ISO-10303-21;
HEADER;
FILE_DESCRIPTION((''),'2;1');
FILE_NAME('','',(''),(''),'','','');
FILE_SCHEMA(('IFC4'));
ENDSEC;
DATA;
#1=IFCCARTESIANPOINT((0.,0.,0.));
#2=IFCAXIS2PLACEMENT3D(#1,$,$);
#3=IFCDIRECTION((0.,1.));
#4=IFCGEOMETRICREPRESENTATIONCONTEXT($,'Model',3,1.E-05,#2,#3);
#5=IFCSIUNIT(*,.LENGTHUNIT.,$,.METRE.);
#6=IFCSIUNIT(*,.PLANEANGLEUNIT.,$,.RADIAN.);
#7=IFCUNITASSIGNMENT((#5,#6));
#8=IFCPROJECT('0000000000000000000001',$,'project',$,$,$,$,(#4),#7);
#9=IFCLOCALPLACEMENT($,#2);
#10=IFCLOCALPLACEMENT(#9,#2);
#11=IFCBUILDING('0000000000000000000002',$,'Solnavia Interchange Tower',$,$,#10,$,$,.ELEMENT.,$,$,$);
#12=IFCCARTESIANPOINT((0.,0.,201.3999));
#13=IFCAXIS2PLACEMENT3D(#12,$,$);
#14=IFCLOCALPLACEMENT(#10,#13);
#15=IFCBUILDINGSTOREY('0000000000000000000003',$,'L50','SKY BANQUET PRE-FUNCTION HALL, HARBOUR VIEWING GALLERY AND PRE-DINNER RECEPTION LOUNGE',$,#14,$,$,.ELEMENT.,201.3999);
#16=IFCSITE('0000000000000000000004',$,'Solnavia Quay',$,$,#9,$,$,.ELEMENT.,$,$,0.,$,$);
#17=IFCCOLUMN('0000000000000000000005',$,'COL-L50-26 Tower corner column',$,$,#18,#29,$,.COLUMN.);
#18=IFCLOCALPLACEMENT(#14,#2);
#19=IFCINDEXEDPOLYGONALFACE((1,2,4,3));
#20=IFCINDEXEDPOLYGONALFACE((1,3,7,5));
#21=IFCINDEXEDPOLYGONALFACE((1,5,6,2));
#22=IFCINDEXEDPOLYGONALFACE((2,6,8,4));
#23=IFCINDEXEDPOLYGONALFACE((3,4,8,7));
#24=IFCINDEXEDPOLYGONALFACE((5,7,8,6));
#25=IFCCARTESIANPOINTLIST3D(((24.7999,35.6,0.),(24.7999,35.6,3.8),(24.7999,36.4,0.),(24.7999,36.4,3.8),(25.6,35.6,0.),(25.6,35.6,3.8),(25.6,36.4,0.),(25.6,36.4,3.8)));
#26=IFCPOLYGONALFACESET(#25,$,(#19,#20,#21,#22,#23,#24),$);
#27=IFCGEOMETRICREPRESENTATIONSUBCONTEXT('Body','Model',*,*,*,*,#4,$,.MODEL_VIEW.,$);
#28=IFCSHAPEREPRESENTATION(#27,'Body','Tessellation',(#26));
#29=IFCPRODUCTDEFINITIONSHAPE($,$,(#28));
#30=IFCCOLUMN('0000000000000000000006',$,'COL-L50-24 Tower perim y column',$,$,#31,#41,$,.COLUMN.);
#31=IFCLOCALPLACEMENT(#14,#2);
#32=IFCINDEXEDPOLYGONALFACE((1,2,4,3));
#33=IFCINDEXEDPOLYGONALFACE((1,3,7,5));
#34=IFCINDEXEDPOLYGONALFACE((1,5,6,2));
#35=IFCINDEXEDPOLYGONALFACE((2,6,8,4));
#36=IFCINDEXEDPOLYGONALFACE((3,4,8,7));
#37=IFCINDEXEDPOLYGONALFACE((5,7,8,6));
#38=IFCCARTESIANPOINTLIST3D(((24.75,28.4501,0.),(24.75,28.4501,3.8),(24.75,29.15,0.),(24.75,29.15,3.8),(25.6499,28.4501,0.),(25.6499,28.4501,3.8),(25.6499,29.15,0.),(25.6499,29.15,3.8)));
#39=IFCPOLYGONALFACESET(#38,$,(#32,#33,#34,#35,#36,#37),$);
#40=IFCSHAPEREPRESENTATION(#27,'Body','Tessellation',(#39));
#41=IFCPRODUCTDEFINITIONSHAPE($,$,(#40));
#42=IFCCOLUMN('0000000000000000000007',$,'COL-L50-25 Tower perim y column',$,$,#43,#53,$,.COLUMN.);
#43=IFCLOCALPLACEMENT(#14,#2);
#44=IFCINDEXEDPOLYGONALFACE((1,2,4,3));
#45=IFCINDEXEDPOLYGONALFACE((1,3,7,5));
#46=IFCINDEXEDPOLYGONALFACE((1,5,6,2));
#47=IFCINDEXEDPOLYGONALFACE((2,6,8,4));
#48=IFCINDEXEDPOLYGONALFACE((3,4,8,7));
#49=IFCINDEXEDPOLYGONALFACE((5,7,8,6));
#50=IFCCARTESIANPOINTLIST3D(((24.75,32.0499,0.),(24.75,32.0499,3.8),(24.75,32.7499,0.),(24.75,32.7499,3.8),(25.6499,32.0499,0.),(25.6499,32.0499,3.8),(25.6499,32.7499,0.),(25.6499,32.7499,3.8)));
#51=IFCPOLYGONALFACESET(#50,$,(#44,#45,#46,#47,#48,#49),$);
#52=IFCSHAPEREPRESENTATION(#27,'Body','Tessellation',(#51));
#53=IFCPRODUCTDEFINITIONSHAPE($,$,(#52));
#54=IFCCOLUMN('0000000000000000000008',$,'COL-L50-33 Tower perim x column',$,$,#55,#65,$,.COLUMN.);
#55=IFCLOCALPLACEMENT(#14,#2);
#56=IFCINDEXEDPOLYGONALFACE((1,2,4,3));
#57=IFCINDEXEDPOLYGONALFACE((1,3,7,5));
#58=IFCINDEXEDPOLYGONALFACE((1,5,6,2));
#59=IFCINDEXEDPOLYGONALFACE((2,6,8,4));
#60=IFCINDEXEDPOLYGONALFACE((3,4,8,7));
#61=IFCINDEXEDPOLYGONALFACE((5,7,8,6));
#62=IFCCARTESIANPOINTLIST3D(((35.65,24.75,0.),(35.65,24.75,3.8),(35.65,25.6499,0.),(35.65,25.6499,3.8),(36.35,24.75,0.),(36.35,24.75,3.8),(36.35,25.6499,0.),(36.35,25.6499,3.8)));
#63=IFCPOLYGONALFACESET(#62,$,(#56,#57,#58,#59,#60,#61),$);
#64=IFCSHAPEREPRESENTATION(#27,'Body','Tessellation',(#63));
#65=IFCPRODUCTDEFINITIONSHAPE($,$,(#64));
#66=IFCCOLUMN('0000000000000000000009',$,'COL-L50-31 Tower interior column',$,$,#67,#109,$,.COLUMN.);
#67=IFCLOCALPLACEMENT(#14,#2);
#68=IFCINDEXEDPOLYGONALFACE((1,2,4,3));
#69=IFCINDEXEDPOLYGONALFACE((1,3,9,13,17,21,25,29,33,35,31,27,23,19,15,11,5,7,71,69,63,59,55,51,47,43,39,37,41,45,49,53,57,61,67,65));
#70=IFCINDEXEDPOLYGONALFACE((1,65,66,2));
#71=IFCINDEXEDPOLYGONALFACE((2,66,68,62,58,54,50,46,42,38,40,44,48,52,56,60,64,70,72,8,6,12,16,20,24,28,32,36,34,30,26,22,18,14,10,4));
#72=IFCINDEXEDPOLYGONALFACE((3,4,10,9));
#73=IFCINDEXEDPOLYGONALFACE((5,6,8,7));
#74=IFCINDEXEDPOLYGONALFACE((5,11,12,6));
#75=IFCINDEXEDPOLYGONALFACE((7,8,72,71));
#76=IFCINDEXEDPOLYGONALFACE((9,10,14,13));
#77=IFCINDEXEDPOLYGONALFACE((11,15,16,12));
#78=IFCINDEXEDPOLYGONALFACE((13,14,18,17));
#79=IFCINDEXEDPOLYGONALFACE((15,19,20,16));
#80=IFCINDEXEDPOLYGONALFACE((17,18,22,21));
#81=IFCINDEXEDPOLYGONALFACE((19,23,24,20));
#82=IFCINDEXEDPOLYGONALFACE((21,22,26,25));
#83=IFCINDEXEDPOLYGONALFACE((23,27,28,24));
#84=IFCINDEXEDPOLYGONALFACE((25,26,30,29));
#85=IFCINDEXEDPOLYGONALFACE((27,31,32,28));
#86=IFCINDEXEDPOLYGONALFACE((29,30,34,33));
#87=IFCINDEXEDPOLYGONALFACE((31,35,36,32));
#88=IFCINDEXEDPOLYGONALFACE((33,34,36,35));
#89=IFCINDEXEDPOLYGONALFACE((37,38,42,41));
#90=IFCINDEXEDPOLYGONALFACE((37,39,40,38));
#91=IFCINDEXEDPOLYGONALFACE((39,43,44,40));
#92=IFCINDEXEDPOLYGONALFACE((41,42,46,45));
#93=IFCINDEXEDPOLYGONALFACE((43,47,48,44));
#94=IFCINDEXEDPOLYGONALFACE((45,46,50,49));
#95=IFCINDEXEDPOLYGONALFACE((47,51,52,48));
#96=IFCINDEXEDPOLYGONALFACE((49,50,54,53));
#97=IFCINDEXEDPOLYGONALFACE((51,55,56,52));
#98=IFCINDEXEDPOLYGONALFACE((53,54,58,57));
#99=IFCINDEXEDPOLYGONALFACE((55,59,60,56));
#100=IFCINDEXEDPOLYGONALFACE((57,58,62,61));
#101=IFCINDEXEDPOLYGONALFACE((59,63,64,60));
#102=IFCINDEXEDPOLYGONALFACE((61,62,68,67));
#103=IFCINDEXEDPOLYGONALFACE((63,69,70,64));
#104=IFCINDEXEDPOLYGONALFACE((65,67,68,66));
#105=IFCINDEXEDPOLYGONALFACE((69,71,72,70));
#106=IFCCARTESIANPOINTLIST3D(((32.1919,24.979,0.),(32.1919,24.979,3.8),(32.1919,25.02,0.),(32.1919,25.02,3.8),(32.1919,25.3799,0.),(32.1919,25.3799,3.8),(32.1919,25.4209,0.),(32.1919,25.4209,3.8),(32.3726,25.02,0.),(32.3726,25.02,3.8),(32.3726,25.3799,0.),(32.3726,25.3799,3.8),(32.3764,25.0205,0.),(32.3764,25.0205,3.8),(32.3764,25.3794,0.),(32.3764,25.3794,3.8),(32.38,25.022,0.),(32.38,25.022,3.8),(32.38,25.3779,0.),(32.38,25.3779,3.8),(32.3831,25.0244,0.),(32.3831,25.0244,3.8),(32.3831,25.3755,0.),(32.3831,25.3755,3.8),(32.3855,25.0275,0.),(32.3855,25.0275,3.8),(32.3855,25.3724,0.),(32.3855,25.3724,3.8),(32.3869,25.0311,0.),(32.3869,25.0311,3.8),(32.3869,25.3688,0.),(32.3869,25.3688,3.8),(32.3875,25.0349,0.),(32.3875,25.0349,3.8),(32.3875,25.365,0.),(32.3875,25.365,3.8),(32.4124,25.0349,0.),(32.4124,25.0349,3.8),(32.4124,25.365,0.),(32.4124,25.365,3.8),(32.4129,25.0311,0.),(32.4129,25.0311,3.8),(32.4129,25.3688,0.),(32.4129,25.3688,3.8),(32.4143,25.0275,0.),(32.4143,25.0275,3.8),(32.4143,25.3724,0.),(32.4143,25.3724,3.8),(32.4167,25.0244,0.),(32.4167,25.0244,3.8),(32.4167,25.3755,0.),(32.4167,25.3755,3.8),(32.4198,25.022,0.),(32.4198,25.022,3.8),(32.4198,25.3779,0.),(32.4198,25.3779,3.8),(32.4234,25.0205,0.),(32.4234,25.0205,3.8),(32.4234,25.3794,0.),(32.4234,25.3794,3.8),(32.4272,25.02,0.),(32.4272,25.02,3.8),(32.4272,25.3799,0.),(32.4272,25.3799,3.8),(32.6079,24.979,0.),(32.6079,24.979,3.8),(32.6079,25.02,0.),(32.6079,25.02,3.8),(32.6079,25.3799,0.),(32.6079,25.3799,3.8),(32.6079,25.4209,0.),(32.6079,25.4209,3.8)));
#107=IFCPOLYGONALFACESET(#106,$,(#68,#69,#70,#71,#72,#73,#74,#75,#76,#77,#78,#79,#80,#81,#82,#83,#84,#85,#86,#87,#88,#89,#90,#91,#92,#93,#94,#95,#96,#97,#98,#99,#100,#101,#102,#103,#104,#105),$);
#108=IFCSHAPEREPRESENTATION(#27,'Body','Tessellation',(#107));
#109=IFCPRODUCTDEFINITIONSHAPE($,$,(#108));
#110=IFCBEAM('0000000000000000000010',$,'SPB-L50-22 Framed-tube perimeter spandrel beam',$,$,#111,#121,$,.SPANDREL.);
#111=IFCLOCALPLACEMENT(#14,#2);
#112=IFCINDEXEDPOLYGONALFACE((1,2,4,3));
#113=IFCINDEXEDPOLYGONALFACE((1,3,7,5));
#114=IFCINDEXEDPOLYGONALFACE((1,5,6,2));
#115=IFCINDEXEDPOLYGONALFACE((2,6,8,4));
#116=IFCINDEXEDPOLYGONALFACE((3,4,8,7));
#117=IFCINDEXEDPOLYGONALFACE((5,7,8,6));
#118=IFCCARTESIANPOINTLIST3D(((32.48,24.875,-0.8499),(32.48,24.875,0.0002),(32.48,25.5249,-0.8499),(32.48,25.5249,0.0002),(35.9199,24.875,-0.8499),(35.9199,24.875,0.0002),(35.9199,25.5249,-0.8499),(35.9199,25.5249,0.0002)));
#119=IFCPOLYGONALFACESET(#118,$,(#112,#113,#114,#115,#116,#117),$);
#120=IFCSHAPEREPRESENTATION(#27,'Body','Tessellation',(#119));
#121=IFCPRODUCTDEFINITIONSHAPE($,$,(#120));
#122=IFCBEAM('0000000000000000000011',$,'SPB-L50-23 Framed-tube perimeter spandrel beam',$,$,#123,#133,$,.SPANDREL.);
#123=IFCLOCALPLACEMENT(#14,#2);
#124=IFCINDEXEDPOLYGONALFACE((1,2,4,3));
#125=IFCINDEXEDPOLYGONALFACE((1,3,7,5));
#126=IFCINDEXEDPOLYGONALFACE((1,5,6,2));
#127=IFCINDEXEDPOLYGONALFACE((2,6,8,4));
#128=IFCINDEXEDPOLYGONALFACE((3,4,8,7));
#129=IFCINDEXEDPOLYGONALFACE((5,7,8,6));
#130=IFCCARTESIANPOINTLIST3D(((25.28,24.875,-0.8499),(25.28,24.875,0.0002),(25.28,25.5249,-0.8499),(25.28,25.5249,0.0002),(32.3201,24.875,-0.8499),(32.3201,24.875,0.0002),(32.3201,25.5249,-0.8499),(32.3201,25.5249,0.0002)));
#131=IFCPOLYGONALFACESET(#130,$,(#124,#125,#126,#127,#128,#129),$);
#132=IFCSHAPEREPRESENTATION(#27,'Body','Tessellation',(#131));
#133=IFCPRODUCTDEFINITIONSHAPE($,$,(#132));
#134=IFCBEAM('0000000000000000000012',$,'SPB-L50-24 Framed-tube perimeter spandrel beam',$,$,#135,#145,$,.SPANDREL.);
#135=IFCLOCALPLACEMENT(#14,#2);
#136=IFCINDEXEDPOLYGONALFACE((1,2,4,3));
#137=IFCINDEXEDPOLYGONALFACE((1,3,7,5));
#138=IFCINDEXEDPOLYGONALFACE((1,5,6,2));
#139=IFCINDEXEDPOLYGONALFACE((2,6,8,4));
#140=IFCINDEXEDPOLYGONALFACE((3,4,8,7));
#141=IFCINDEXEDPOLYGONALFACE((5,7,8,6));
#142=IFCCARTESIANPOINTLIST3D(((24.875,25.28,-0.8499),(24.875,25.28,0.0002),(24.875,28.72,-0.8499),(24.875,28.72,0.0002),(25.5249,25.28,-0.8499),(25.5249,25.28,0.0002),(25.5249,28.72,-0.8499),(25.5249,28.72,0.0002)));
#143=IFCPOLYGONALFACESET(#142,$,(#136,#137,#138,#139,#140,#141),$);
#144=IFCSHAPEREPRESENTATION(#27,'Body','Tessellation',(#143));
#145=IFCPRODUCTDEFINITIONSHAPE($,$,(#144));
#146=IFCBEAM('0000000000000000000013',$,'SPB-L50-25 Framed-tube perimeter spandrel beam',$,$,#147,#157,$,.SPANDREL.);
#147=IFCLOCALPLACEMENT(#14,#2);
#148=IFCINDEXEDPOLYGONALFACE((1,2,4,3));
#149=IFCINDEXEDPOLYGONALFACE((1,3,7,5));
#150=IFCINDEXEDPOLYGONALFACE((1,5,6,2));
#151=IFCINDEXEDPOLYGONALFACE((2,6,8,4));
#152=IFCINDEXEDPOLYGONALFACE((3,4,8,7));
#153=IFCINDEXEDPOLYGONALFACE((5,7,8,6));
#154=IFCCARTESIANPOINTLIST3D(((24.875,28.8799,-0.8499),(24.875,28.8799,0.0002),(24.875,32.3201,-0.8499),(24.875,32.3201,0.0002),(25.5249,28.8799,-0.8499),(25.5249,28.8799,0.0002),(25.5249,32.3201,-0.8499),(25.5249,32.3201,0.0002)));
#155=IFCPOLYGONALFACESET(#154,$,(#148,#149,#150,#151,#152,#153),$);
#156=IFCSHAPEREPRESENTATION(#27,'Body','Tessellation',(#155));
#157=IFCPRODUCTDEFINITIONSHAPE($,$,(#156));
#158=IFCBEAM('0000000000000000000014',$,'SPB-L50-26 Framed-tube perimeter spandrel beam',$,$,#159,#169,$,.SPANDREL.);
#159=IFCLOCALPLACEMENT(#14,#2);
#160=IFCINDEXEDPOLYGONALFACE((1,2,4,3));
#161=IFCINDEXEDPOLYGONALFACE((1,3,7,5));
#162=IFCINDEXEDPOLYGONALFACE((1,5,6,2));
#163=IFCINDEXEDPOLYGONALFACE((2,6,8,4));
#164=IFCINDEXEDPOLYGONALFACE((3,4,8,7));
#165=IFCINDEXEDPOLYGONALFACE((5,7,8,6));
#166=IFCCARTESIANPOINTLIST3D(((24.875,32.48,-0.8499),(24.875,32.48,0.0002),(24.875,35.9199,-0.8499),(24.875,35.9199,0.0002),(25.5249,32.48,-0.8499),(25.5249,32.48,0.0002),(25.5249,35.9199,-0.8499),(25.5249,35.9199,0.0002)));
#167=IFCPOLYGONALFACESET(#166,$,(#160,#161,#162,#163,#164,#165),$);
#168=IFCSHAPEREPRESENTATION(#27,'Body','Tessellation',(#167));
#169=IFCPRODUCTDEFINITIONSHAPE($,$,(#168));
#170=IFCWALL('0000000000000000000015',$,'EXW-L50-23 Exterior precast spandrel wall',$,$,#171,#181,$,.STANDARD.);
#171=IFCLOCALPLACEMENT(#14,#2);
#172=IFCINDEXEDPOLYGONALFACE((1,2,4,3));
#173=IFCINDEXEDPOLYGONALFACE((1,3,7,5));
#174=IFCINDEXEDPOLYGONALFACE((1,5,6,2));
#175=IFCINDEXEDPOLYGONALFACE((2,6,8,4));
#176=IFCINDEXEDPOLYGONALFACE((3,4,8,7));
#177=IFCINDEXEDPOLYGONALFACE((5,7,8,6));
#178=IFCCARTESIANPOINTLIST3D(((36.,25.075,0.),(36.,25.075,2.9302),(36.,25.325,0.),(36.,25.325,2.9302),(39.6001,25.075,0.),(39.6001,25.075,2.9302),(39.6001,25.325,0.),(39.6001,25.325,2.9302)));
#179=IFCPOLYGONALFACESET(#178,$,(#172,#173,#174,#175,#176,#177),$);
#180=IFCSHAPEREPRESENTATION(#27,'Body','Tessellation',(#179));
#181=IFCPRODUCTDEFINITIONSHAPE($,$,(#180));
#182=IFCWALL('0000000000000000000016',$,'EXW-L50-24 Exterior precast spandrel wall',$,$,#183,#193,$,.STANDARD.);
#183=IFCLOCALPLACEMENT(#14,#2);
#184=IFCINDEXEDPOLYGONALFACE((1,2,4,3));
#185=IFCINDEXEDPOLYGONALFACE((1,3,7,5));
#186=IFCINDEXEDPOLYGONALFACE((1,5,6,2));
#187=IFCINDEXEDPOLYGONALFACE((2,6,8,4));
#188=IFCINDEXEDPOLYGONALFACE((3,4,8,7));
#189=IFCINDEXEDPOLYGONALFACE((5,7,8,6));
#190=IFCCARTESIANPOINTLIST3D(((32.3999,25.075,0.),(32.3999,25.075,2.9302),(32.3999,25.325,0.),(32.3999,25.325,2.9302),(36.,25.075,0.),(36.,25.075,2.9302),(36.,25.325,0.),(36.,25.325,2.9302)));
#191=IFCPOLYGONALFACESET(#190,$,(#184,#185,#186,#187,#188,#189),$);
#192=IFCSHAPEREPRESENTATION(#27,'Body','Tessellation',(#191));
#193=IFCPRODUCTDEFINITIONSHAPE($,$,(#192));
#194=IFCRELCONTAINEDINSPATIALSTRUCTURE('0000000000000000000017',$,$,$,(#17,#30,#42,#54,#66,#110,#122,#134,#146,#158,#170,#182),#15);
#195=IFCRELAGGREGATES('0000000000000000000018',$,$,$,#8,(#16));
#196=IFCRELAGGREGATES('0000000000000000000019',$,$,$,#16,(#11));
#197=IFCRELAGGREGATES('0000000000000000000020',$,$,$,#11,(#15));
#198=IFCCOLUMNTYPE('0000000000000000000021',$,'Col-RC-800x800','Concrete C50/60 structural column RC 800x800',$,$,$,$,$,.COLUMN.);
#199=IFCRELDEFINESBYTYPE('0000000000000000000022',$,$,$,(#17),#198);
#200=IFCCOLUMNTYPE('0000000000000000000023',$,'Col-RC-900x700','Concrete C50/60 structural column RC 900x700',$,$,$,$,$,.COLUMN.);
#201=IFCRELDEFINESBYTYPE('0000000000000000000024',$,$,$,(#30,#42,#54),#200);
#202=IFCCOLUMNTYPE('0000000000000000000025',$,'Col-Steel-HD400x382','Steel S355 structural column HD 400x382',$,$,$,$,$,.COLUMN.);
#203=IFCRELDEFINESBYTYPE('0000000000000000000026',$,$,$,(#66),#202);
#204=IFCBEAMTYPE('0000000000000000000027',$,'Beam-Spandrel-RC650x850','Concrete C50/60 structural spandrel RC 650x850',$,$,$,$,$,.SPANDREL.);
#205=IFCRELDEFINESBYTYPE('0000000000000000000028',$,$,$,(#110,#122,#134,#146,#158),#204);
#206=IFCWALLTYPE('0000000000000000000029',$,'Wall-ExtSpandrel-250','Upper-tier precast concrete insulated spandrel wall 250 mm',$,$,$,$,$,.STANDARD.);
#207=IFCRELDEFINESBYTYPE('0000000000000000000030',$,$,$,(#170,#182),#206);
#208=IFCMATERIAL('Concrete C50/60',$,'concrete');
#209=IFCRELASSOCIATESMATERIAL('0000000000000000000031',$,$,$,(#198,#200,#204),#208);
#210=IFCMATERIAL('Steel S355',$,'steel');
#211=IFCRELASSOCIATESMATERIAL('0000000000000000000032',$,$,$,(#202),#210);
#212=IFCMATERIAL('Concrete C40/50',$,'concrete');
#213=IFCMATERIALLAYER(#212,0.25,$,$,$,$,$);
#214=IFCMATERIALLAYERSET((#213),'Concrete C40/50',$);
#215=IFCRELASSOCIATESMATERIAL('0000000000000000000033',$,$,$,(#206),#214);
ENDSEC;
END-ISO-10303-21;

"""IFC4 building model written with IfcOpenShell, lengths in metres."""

from ifc_helpers import new_model, si_unit, direction, frame, frame_2d, origin, origin_2d, place, context, subcontext, project, spatial, rectangle, i_section, extrude, material, layer, layer_set, material_profile, profile_set, type_object, element, save


model = new_model("IFC4")

# Units and contexts
model_context = context("Model", 3, precision=1e-05, world=origin(), true_north=direction((0.0, 1.0)))
body_context = subcontext(model_context, "Body", "Model", "MODEL_VIEW")
ifc_project = project(units=[si_unit("LENGTHUNIT", "METRE"), si_unit("PLANEANGLEUNIT", "RADIAN")], contexts=[model_context])

# Site, building, storey
site_placement = place(None, origin())
site = spatial("IfcSite", under=ifc_project, at=site_placement, Name="Solnavia Quay", CompositionType="ELEMENT", RefElevation=0.0)
building_placement = place(site_placement, origin())
building = spatial("IfcBuilding", under=site, at=building_placement, Name="Solnavia Interchange Tower", CompositionType="ELEMENT")
storey_placement = place(building_placement, frame((0.0, 0.0, 201.3999)))
storey = spatial("IfcBuildingStorey", under=building, at=storey_placement, Name="L50", Description="SKY BANQUET PRE-FUNCTION HALL, HARBOUR VIEWING GALLERY AND PRE-DINNER RECEPTION LOUNGE", CompositionType="ELEMENT", Elevation=201.3999)

# Columns
ifc_material_1 = material(Name="Concrete C50/60", Category="concrete")
ifc_material_profile_1 = material_profile(ifc_material_1, rectangle(XDim=0.8, YDim=0.8, at=origin_2d()), Name="RC 800x800")
ifc_profile_set_1 = profile_set([ifc_material_profile_1], Name="Concrete C50/60")
column_type_1 = type_object("IfcColumnType", Name="Col-RC-800x800", Description="Concrete C50/60 structural column RC 800x800", PredefinedType="COLUMN", material=ifc_profile_set_1)
column_1_placement = place(storey_placement, frame((25.2, 36.0, 0.0), z_axis=(0.0, 0.0, 1.0), x_axis=(0.0, 1.0, 0.0)))
element("IfcColumn", 1, at=column_1_placement, inside=storey, type_object=column_type_1, Name="COL-L50-26 Tower corner column", PredefinedType="COLUMN", context=body_context, shape_type="SweptSolid", body=[
    extrude(rectangle(XDim=0.8, YDim=0.8, at=origin_2d()), origin(), (0.0, 0.0, 1.0), 3.8),
])
ifc_material_profile_2 = material_profile(ifc_material_1, rectangle(XDim=0.7, YDim=0.8999, at=origin_2d()), Name="RC 900x700")
ifc_profile_set_2 = profile_set([ifc_material_profile_2], Name="Concrete C50/60")
column_type_2 = type_object("IfcColumnType", Name="Col-RC-900x700", Description="Concrete C50/60 structural column RC 900x700", PredefinedType="COLUMN", material=ifc_profile_set_2)
for number, where, z_axis, x_axis, name in (
    (2, (25.2, 28.8, 0.0), (0.0, 0.0, 1.0), (0.0, 1.0, 0.0), "COL-L50-24 Tower perim y column"),
    (3, (25.2, 32.3999, 0.0), (0.0, 0.0, 1.0), (0.0, 1.0, 0.0), "COL-L50-25 Tower perim y column"),
    (4, (36.0, 25.2, 0.0), (0.0, 0.0, 1.0), (1.0, 0.0, 0.0), "COL-L50-33 Tower perim x column"),
):
    element("IfcColumn", number, at=place(storey_placement, frame(where, z_axis=z_axis, x_axis=x_axis)), inside=storey, type_object=column_type_2, Name=name, PredefinedType="COLUMN", context=body_context, shape_type="SweptSolid", body=[
        extrude(rectangle(XDim=0.7, YDim=0.8999, at=origin_2d()), origin(), (0.0, 0.0, 1.0), 3.8),
    ])
ifc_material_2 = material(Name="Steel S355", Category="steel")
ifc_material_profile_3 = material_profile(ifc_material_2, i_section(OverallWidth=0.416, OverallDepth=0.4419, WebThickness=0.0249, FlangeThickness=0.041, FilletRadius=0.0149, at=origin_2d()), Name="HD 400x382")
ifc_profile_set_3 = profile_set([ifc_material_profile_3], Name="Steel S355")
column_type_3 = type_object("IfcColumnType", Name="Col-Steel-HD400x382", Description="Steel S355 structural column HD 400x382", PredefinedType="COLUMN", material=ifc_profile_set_3)
column_2_placement = place(storey_placement, frame((32.3999, 25.2, 0.0), z_axis=(0.0, 0.0, 1.0), x_axis=(1.0, 0.0, 0.0)))
element("IfcColumn", 5, at=column_2_placement, inside=storey, type_object=column_type_3, Name="COL-L50-31 Tower interior column", PredefinedType="COLUMN", context=body_context, shape_type="SweptSolid", body=[
    extrude(i_section(OverallWidth=0.416, OverallDepth=0.4419, WebThickness=0.0249, FlangeThickness=0.041, FilletRadius=0.0149, at=origin_2d()), origin(), (0.0, 0.0, 1.0), 3.8),
])

# Beams
ifc_material_profile_4 = material_profile(ifc_material_1, rectangle(XDim=0.6499, YDim=0.8501, at=origin_2d()), Name="RC 650x850")
ifc_profile_set_4 = profile_set([ifc_material_profile_4], Name="Concrete C50/60")
beam_type = type_object("IfcBeamType", Name="Beam-Spandrel-RC650x850", Description="Concrete C50/60 structural spandrel RC 650x850", PredefinedType="SPANDREL", material=ifc_profile_set_4)
beam_1_placement = place(storey_placement, frame((35.9199, 25.2, -0.4248), z_axis=(-1.0, 0.0, 0.0), x_axis=(0.0, -1.0, 0.0)))
element("IfcBeam", 6, at=beam_1_placement, inside=storey, type_object=beam_type, Name="SPB-L50-22 Framed-tube perimeter spandrel beam", PredefinedType="SPANDREL", context=body_context, shape_type="SweptSolid", body=[
    extrude(rectangle(XDim=0.6499, YDim=0.8501, at=origin_2d()), origin(), (0.0, 0.0, 1.0), 3.4399),
])
beam_2_placement = place(storey_placement, frame((32.3201, 25.2, -0.4248), z_axis=(-1.0, 0.0, 0.0), x_axis=(0.0, -1.0, 0.0)))
element("IfcBeam", 7, at=beam_2_placement, inside=storey, type_object=beam_type, Name="SPB-L50-23 Framed-tube perimeter spandrel beam", PredefinedType="SPANDREL", context=body_context, shape_type="SweptSolid", body=[
    extrude(rectangle(XDim=0.6499, YDim=0.8501, at=origin_2d()), origin(), (0.0, 0.0, 1.0), 7.04),
])
beam_3_placement = place(storey_placement, frame((25.2, 25.28, -0.4248), z_axis=(0.0, 1.0, 0.0), x_axis=(-1.0, 0.0, 0.0)))
element("IfcBeam", 8, at=beam_3_placement, inside=storey, type_object=beam_type, Name="SPB-L50-24 Framed-tube perimeter spandrel beam", PredefinedType="SPANDREL", context=body_context, shape_type="SweptSolid", body=[
    extrude(rectangle(XDim=0.6499, YDim=0.8501, at=origin_2d()), origin(), (0.0, 0.0, 1.0), 3.4399),
])
beam_4_placement = place(storey_placement, frame((25.2, 28.8799, -0.4248), z_axis=(0.0, 1.0, 0.0), x_axis=(-1.0, 0.0, 0.0)))
element("IfcBeam", 9, at=beam_4_placement, inside=storey, type_object=beam_type, Name="SPB-L50-25 Framed-tube perimeter spandrel beam", PredefinedType="SPANDREL", context=body_context, shape_type="SweptSolid", body=[
    extrude(rectangle(XDim=0.6499, YDim=0.8501, at=origin_2d()), origin(), (0.0, 0.0, 1.0), 3.4402),
])
beam_5_placement = place(storey_placement, frame((25.2, 32.48, -0.4248), z_axis=(0.0, 1.0, 0.0), x_axis=(-1.0, 0.0, 0.0)))
element("IfcBeam", 10, at=beam_5_placement, inside=storey, type_object=beam_type, Name="SPB-L50-26 Framed-tube perimeter spandrel beam", PredefinedType="SPANDREL", context=body_context, shape_type="SweptSolid", body=[
    extrude(rectangle(XDim=0.6499, YDim=0.8501, at=origin_2d()), origin(), (0.0, 0.0, 1.0), 3.4399),
])

# Walls
ifc_material_3 = material(Name="Concrete C40/50", Category="concrete")
ifc_layer = layer(ifc_material_3, 0.25)
ifc_layer_set = layer_set([ifc_layer], Name="Concrete C40/50")
wall_type = type_object("IfcWallType", Name="Wall-ExtSpandrel-250", Description="Upper-tier precast concrete insulated spandrel wall 250 mm", PredefinedType="STANDARD", material=ifc_layer_set)
for number, where, z_axis, x_axis, name in (
    (11, (36.0, 25.2, 0.0), (0.0, 0.0, 1.0), (1.0, 0.0, 0.0), "EXW-L50-23 Exterior precast spandrel wall"),
    (12, (32.3999, 25.2, 0.0), (0.0, 0.0, 1.0), (1.0, 0.0, 0.0), "EXW-L50-24 Exterior precast spandrel wall"),
):
    element("IfcWall", number, at=place(storey_placement, frame(where, z_axis=z_axis, x_axis=x_axis)), inside=storey, type_object=wall_type, Name=name, PredefinedType="STANDARD", context=body_context, shape_type="SweptSolid", body=[
        extrude(rectangle(XDim=3.6001, YDim=0.25, at=frame_2d((1.8, 0.0))), origin(), (0.0, 0.0, 1.0), 2.9302),
    ])

save(model, "model.ifc")
